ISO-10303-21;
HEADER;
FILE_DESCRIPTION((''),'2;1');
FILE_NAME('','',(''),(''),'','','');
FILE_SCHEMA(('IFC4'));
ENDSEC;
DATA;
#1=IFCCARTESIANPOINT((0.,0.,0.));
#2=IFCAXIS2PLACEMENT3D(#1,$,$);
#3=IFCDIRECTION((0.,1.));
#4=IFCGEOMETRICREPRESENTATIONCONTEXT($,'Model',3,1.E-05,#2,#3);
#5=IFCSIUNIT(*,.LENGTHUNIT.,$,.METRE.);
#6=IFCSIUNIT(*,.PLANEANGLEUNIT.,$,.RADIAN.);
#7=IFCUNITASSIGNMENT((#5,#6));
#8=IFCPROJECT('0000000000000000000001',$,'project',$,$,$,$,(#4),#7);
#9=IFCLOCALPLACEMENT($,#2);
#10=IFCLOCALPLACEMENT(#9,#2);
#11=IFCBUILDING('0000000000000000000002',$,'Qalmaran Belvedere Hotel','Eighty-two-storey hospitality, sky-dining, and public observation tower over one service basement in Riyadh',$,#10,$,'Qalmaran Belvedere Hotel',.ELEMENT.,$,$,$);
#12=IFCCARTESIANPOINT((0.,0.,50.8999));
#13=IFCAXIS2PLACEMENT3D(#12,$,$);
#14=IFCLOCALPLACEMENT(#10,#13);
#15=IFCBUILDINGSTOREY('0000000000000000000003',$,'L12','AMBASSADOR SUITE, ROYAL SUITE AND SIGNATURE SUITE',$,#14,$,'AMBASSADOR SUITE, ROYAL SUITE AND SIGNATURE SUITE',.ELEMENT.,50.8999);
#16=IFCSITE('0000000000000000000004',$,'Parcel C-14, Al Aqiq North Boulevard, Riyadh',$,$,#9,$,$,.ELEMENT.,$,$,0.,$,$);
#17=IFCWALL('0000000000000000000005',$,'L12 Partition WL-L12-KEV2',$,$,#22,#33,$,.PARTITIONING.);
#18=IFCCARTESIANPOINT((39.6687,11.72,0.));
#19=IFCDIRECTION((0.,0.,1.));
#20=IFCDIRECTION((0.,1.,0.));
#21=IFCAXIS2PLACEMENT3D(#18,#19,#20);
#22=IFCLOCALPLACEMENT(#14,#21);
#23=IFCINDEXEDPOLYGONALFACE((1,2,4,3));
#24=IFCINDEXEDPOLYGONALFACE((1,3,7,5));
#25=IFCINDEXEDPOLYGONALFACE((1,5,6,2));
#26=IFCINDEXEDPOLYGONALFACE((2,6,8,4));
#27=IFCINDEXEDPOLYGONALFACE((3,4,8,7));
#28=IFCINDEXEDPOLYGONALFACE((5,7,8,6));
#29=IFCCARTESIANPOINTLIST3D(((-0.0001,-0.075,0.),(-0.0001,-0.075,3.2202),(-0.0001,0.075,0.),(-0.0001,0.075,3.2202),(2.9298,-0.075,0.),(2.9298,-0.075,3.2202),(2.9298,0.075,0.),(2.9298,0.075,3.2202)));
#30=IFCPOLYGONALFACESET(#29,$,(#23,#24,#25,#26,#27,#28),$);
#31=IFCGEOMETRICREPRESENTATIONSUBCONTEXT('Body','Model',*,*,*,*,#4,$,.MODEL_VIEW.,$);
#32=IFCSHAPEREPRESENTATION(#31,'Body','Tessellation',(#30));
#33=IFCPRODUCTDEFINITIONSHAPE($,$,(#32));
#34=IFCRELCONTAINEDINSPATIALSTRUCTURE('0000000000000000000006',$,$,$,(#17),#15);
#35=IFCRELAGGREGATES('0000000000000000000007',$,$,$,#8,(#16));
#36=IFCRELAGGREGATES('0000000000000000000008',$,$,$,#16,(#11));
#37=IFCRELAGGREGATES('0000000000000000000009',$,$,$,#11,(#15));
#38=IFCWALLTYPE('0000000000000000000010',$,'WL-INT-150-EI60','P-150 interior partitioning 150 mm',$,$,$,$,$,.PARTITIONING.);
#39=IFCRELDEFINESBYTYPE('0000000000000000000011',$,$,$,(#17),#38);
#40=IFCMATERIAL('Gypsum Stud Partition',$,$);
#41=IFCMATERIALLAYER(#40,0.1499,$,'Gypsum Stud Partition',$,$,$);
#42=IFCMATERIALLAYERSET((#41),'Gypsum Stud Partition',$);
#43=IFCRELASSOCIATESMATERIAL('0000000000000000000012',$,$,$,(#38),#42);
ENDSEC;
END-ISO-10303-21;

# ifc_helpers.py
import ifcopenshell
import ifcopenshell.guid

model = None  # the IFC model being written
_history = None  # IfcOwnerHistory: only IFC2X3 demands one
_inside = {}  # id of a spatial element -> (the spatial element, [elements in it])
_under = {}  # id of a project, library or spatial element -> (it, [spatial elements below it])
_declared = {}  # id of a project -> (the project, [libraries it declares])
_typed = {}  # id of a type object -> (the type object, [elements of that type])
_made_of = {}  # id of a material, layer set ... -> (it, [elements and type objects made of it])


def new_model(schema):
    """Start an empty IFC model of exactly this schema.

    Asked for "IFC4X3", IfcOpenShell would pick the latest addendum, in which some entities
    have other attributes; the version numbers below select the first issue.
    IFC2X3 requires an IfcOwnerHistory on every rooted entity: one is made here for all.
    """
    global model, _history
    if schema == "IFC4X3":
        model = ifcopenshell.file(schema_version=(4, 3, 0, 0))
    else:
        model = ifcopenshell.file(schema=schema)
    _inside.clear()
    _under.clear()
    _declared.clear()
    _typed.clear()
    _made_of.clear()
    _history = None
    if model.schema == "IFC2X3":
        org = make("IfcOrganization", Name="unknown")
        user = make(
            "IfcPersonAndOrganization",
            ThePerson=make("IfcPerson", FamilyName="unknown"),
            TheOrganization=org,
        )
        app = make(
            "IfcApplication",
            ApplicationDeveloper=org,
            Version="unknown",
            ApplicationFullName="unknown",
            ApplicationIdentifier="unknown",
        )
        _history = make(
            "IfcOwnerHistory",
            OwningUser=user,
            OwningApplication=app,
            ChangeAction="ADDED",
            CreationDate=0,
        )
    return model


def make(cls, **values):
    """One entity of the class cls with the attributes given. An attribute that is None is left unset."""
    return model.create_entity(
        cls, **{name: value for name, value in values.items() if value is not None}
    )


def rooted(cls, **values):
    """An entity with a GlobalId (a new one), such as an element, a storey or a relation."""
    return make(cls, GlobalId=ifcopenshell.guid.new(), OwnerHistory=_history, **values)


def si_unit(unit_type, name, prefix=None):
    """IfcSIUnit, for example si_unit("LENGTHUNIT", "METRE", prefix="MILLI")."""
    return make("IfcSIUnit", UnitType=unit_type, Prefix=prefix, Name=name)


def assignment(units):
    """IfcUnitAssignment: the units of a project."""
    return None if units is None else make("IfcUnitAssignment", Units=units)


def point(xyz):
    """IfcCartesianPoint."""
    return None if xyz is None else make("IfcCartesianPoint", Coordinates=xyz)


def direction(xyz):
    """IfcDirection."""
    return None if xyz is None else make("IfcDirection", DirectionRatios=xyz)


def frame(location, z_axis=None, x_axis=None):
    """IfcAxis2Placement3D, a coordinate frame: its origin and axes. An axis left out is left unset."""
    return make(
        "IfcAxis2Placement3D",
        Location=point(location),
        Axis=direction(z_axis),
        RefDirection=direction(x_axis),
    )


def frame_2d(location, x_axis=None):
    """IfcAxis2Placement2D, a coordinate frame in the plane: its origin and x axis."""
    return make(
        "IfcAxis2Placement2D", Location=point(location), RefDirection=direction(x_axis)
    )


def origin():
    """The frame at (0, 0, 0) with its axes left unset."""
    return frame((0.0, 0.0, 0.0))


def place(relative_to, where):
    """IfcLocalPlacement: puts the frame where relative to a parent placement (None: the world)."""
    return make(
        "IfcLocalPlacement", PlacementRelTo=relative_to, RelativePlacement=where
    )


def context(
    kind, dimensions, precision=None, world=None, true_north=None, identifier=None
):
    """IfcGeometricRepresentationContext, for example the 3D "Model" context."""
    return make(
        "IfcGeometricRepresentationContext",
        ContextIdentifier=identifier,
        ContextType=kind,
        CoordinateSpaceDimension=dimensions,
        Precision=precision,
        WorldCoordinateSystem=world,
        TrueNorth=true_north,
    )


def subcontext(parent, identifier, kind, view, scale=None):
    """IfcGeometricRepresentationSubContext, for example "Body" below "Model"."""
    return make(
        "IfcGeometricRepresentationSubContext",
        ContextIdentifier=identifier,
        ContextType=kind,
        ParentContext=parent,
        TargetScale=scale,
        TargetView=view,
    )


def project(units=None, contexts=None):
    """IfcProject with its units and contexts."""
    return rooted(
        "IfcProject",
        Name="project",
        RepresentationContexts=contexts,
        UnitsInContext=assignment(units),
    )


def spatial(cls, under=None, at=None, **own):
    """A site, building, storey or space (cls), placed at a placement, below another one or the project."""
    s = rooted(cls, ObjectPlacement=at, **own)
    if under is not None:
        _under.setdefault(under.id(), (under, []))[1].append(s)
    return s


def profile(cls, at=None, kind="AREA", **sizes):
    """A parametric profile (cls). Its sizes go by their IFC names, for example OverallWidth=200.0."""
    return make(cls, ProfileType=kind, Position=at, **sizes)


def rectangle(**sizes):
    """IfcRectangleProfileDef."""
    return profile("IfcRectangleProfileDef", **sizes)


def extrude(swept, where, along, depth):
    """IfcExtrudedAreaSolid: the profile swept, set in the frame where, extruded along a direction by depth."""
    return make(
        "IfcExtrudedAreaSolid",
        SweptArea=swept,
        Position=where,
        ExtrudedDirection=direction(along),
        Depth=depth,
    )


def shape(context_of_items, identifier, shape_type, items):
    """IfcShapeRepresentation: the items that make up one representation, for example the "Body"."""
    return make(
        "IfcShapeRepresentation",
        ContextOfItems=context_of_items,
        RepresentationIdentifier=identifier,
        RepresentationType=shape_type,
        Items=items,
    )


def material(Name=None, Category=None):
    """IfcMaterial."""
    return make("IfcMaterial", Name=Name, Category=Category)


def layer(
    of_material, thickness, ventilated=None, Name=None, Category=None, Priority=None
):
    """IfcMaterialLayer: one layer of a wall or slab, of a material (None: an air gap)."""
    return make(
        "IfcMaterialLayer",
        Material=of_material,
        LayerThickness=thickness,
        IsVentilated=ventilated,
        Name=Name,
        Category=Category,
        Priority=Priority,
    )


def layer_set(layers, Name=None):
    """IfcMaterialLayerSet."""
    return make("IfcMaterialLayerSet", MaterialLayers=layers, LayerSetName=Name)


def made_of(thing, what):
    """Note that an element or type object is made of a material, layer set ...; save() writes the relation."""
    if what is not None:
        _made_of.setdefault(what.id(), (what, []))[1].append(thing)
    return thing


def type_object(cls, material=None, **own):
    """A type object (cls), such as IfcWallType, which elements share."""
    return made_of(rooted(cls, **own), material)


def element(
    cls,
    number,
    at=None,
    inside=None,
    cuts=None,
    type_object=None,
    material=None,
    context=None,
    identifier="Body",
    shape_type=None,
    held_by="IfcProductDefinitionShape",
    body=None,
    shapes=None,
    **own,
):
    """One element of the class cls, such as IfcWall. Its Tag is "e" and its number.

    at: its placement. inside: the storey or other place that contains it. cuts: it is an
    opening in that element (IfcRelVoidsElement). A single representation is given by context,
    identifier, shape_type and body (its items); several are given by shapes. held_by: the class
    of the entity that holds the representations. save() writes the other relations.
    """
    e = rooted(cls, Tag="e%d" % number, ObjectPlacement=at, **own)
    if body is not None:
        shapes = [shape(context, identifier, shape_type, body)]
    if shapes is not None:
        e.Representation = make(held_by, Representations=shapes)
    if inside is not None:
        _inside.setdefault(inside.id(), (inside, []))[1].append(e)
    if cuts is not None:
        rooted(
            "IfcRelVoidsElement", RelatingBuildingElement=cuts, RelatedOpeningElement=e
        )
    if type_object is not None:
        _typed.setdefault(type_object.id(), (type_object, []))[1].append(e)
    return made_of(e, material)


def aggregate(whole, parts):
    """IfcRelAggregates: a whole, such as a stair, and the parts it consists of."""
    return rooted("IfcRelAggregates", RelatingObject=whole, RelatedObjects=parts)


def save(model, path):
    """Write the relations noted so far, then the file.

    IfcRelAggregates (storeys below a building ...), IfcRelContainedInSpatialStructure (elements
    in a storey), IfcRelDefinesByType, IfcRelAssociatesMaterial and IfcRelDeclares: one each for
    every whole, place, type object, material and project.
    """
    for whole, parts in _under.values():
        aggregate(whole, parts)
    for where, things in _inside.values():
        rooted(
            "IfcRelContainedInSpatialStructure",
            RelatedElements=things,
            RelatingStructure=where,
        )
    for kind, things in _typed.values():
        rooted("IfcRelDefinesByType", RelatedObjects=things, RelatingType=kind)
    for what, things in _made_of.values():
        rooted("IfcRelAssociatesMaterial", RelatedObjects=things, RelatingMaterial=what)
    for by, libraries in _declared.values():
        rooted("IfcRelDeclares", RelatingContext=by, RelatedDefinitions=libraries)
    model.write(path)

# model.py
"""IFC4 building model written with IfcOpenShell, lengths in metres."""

from ifc_helpers import new_model, si_unit, direction, frame, frame_2d, origin, place, context, subcontext, project, spatial, rectangle, extrude, material, layer, layer_set, type_object, element, save


model = new_model("IFC4")

# Units and contexts
model_context = context("Model", 3, precision=1e-05, world=origin(), true_north=direction((0.0, 1.0)))
body_context = subcontext(model_context, "Body", "Model", "MODEL_VIEW")
ifc_project = project(units=[si_unit("LENGTHUNIT", "METRE"), si_unit("PLANEANGLEUNIT", "RADIAN")], contexts=[model_context])

# Site, building, storey
site_placement = place(None, origin())
site = spatial("IfcSite", under=ifc_project, at=site_placement, Name="Parcel C-14, Al Aqiq North Boulevard, Riyadh", CompositionType="ELEMENT", RefElevation=0.0)
building_placement = place(site_placement, origin())
building = spatial("IfcBuilding", under=site, at=building_placement, Name="Qalmaran Belvedere Hotel", Description="Eighty-two-storey hospitality, sky-dining, and public observation tower over one service basement in Riyadh", LongName="Qalmaran Belvedere Hotel", CompositionType="ELEMENT")
storey_placement = place(building_placement, frame((0.0, 0.0, 50.8999)))
storey = spatial("IfcBuildingStorey", under=building, at=storey_placement, Name="L12", Description="AMBASSADOR SUITE, ROYAL SUITE AND SIGNATURE SUITE", LongName="AMBASSADOR SUITE, ROYAL SUITE AND SIGNATURE SUITE", CompositionType="ELEMENT", Elevation=50.8999)

# Wall
ifc_material_1 = material(Name="Gypsum Stud Partition")
ifc_layer_1 = layer(ifc_material_1, 0.1499, Name="Gypsum Stud Partition")
ifc_layer_set_1 = layer_set([ifc_layer_1], Name="Gypsum Stud Partition")
wall_type_1 = type_object("IfcWallType", Name="WL-INT-150-EI60", Description="P-150 interior partitioning 150 mm", PredefinedType="PARTITIONING", material=ifc_layer_set_1)
wall_1_placement = place(storey_placement, frame((39.6687, 11.72, 0.0), z_axis=(0.0, 0.0, 1.0), x_axis=(0.0, 1.0, 0.0)))
element("IfcWall", 1, at=wall_1_placement, inside=storey, type_object=wall_type_1, Name="L12 Partition WL-L12-KEV2", PredefinedType="PARTITIONING", context=body_context, shape_type="SweptSolid", body=[
    extrude(rectangle(XDim=2.9299, YDim=0.1499, at=frame_2d((1.4648, 0.0))), origin(), (0.0, 0.0, 1.0), 3.2202),
])

save(model, "model.ifc")
